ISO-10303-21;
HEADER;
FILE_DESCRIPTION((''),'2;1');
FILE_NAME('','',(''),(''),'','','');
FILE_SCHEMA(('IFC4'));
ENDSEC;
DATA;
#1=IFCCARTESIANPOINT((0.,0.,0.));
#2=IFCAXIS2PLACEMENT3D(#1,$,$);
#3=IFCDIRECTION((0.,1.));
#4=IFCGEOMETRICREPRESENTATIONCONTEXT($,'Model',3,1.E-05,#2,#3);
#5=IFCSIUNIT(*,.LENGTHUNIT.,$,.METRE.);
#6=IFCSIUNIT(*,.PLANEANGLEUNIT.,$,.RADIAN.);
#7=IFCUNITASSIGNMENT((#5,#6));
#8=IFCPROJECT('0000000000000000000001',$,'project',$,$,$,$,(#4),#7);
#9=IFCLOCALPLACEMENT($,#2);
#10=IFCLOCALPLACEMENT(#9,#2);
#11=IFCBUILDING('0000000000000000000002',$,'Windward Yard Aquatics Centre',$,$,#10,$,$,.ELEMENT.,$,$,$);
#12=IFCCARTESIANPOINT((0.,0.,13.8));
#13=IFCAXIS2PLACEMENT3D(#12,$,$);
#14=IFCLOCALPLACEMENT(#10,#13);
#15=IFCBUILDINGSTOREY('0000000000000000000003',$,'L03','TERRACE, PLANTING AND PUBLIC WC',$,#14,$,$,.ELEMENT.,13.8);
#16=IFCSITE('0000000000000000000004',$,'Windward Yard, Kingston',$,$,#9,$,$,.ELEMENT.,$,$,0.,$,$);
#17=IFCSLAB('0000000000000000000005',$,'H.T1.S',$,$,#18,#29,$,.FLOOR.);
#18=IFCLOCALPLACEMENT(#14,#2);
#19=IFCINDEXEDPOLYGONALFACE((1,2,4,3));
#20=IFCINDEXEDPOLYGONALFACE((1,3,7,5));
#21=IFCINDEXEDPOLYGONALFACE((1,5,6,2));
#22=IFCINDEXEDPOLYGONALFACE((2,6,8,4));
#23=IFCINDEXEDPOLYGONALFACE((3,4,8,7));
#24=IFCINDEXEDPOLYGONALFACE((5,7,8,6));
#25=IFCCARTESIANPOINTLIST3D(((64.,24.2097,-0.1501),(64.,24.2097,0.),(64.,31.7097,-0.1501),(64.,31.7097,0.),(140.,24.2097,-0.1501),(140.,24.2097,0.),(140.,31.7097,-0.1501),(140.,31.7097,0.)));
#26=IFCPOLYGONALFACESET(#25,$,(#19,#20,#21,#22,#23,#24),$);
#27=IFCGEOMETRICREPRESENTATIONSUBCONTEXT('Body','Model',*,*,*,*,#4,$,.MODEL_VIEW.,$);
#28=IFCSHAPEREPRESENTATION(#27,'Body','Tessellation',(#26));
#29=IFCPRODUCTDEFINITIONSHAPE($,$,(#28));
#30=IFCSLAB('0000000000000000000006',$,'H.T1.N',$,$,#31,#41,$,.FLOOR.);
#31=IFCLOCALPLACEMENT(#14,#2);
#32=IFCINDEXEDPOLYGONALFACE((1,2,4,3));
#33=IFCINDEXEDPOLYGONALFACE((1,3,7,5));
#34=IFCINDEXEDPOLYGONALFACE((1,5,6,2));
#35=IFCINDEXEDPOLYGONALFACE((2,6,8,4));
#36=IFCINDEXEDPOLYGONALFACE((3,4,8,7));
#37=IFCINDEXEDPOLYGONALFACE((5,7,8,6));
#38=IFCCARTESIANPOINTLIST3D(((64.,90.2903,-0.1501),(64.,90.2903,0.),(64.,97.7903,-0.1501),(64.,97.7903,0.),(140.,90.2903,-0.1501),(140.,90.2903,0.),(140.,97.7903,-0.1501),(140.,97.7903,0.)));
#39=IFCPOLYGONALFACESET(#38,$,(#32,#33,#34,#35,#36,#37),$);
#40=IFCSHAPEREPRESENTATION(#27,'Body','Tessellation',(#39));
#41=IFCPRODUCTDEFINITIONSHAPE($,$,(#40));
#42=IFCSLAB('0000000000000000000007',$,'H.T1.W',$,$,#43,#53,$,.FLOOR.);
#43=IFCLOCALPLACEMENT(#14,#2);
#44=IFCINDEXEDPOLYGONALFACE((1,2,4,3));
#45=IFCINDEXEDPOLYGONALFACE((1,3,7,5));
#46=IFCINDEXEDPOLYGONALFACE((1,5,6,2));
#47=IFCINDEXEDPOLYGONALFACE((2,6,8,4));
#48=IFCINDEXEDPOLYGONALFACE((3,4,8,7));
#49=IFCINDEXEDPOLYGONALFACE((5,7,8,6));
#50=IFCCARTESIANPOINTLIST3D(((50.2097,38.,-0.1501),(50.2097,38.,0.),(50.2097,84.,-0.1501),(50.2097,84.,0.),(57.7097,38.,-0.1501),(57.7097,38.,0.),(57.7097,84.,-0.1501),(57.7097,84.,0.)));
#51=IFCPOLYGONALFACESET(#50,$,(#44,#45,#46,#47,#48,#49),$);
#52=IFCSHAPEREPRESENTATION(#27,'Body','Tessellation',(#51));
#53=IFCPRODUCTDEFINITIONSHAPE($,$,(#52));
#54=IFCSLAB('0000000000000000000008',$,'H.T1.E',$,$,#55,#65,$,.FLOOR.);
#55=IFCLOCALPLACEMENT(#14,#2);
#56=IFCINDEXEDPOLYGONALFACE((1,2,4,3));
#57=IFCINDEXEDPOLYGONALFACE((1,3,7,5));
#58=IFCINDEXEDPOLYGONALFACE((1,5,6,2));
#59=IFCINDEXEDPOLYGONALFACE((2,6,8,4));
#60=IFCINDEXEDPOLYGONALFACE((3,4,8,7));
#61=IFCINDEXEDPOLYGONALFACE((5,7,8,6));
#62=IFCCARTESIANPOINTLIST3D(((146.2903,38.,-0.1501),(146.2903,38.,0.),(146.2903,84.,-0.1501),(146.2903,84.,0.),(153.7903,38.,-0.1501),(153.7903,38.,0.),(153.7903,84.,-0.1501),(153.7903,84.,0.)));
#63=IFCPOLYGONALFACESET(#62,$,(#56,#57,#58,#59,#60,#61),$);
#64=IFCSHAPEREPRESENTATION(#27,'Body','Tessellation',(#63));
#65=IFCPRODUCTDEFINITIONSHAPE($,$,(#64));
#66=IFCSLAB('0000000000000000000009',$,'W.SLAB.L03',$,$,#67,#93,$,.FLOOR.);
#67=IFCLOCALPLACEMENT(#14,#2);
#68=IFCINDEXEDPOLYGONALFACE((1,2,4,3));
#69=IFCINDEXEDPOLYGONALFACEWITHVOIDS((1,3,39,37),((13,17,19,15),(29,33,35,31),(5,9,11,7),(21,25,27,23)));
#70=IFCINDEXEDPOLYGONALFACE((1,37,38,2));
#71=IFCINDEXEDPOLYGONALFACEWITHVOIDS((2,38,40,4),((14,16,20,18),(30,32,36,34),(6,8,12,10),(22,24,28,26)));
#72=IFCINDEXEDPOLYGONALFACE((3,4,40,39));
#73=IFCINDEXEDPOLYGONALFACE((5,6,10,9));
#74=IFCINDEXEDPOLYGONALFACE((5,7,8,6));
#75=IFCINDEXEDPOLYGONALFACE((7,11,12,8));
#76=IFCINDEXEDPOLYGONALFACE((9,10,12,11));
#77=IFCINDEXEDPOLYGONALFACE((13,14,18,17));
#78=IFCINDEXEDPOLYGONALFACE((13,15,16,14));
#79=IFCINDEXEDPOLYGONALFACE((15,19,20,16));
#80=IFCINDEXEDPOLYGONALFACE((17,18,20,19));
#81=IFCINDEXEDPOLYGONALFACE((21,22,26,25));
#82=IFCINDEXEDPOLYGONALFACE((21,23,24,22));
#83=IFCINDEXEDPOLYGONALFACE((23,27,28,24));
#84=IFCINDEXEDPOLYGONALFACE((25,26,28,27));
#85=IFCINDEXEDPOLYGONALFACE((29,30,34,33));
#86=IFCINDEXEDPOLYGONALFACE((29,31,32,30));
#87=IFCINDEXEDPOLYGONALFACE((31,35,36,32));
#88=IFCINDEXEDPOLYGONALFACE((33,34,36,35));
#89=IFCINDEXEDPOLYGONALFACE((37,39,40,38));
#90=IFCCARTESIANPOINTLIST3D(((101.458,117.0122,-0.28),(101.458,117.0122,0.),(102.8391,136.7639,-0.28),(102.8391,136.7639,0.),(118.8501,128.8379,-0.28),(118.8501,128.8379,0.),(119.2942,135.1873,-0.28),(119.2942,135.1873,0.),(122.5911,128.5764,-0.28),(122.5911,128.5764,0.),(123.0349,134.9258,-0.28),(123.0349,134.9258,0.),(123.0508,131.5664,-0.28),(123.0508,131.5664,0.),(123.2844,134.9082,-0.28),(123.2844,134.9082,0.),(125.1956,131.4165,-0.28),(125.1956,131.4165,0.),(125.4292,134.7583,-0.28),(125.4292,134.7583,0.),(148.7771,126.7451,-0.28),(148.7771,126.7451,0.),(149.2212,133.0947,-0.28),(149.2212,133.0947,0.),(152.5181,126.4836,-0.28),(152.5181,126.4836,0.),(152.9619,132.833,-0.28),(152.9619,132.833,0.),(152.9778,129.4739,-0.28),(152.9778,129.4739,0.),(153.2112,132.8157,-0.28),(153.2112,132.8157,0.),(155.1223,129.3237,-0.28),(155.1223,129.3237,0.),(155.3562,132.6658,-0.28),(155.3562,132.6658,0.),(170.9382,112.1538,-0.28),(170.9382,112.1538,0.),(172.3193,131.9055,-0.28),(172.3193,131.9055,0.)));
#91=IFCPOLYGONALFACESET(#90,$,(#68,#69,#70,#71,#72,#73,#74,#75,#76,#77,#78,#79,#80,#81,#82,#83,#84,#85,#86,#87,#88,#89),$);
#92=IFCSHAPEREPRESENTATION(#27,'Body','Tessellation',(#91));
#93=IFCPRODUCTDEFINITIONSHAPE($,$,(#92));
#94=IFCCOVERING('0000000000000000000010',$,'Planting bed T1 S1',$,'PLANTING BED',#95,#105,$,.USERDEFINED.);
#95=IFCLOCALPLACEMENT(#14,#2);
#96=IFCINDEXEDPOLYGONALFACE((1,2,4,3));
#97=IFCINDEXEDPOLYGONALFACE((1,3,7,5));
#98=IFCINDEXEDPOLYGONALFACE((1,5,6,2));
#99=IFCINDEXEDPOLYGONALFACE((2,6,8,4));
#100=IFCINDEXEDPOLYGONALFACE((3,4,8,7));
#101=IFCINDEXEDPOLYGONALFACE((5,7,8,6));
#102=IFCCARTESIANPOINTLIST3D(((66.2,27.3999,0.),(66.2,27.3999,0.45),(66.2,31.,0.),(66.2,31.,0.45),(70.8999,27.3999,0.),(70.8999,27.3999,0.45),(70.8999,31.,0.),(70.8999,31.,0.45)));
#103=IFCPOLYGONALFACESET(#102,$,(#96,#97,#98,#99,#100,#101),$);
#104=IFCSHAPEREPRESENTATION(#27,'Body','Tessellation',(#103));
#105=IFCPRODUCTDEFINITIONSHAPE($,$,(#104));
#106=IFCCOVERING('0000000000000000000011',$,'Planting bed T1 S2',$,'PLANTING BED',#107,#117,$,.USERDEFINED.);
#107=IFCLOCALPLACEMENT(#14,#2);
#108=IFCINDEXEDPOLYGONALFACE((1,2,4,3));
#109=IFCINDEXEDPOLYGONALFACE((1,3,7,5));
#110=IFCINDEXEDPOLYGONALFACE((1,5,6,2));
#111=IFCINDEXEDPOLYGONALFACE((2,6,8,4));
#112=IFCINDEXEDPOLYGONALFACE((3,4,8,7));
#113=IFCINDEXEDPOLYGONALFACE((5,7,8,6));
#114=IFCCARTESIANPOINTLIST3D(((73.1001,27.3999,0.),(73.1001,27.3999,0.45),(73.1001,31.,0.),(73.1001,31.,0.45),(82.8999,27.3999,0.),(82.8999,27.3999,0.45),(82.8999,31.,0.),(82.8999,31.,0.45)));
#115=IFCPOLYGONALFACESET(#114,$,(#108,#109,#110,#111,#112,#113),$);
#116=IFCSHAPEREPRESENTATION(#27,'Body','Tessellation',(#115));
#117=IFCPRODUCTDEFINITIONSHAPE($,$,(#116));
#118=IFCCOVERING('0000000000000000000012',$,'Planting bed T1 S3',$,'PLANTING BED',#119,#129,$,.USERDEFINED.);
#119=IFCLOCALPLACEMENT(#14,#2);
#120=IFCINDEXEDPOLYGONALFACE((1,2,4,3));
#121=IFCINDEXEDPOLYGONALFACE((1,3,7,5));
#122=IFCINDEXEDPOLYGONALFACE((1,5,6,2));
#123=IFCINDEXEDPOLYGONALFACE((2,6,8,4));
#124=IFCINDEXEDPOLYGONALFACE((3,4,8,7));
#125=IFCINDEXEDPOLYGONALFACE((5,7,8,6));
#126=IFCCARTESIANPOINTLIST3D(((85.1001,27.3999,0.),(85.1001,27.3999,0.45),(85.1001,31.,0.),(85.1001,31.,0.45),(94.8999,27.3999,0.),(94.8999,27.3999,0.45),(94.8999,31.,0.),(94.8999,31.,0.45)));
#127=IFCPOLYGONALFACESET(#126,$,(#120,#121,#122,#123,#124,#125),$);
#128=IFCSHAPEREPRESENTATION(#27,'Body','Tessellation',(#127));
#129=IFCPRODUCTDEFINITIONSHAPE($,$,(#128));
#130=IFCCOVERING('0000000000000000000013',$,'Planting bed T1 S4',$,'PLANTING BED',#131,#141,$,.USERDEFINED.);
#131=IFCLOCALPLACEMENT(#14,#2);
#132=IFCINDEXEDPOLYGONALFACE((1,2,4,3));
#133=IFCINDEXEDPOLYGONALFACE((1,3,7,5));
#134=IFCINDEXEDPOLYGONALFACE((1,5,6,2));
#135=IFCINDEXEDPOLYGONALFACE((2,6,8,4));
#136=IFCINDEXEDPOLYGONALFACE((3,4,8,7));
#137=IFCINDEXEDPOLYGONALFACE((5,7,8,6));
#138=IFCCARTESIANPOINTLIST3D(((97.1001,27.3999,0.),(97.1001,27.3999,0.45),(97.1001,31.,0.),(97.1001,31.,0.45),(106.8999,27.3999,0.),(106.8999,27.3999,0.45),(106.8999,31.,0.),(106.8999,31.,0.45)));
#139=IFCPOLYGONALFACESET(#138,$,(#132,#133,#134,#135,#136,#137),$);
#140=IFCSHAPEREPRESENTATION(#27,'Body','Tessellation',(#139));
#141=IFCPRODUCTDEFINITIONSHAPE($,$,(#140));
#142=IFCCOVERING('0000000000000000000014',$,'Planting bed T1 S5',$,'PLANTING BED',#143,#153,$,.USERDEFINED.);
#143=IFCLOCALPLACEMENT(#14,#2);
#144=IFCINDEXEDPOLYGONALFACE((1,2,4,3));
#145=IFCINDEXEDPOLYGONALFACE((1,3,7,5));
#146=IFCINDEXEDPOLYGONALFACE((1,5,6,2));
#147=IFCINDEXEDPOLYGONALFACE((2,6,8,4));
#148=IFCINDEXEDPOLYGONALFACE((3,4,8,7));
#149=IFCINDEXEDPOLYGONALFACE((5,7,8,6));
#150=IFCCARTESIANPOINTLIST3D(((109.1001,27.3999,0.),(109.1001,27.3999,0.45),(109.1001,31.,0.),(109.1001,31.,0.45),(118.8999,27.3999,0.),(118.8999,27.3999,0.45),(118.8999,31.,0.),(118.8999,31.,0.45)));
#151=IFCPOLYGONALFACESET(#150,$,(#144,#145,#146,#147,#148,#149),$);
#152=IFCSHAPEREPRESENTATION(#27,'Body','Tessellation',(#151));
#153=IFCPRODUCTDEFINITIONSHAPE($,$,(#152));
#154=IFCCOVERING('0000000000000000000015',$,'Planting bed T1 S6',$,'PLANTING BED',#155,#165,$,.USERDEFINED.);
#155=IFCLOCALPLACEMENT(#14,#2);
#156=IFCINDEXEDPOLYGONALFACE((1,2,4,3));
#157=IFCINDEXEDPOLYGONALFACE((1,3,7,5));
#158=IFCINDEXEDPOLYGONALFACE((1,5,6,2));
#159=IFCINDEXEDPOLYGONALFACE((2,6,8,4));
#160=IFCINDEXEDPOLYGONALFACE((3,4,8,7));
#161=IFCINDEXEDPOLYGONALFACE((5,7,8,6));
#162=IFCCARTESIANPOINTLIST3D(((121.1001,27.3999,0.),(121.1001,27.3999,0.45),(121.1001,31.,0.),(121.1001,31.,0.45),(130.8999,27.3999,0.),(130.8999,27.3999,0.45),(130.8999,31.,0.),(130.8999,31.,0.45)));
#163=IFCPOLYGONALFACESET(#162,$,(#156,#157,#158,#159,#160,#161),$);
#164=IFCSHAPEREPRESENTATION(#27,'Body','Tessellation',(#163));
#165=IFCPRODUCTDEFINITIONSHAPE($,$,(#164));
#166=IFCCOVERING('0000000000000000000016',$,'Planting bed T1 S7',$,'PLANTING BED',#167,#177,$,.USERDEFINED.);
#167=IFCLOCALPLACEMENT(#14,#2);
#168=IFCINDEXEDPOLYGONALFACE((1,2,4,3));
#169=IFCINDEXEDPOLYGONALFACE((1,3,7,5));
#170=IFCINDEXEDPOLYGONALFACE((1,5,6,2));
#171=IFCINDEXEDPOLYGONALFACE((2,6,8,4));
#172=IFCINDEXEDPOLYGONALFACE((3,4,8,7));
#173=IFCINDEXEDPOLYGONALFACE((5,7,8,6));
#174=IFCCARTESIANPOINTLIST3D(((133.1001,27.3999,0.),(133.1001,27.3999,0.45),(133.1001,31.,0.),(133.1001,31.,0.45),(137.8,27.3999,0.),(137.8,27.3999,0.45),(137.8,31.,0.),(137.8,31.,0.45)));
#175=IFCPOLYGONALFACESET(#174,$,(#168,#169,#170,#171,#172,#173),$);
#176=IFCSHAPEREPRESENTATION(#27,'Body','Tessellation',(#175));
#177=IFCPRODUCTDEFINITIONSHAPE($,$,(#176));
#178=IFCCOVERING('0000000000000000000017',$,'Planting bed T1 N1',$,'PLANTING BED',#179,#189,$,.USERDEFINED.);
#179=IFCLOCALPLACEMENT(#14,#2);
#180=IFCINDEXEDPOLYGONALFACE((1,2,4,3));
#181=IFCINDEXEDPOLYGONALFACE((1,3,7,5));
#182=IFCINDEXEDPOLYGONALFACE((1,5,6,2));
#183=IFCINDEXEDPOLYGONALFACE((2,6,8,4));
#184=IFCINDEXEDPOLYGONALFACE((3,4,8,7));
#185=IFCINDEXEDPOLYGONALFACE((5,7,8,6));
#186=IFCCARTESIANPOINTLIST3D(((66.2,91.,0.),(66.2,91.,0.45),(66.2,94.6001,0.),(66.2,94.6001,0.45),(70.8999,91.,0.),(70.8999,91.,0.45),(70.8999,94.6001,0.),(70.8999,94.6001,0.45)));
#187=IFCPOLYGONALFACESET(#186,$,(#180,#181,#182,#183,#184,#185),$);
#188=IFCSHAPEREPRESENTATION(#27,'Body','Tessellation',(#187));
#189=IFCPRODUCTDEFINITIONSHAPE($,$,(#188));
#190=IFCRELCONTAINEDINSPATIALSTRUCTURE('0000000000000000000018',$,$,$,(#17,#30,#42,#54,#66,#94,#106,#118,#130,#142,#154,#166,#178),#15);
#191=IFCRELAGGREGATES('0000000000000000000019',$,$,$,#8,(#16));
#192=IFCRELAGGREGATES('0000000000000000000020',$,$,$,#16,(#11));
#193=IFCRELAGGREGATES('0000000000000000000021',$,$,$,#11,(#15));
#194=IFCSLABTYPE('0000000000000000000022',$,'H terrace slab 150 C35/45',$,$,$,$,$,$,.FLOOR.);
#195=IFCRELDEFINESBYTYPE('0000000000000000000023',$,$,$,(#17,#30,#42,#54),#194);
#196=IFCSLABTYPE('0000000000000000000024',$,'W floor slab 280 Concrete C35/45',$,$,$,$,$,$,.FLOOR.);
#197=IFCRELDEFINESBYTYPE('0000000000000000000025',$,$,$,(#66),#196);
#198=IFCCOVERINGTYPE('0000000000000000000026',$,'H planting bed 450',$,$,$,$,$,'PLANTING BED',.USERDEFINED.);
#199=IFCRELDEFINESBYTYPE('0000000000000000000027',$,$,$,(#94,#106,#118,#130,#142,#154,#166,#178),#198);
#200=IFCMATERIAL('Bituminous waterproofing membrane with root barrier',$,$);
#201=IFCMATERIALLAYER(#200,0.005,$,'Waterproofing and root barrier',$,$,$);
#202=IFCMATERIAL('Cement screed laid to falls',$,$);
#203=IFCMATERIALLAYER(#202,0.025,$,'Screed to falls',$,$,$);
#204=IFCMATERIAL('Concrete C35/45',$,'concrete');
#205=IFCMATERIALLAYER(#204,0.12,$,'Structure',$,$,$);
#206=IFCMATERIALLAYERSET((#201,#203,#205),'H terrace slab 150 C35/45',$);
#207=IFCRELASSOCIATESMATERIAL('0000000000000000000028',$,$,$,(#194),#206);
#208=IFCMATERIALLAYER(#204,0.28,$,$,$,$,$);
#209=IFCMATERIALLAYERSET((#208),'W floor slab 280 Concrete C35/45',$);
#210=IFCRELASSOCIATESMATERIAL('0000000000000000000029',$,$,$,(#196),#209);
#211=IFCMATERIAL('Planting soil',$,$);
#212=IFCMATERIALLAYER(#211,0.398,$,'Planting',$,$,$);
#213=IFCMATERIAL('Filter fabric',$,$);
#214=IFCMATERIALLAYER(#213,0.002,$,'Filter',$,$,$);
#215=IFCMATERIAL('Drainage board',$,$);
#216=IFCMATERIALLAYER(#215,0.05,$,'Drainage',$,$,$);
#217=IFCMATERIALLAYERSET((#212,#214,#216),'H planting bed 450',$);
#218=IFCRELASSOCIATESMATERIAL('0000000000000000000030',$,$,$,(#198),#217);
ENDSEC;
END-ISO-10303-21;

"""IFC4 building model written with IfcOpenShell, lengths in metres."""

from ifc_helpers import new_model, si_unit, direction, frame, origin, place, context, subcontext, project, spatial, polyline, outline, extrude, material, layer, layer_set, type_object, element, save


model = new_model("IFC4")

# Units and contexts
model_context = context("Model", 3, precision=1e-05, world=origin(), true_north=direction((0.0, 1.0)))
body_context = subcontext(model_context, "Body", "Model", "MODEL_VIEW")
ifc_project = project(units=[si_unit("LENGTHUNIT", "METRE"), si_unit("PLANEANGLEUNIT", "RADIAN")], contexts=[model_context])

# Site, building, storey
site_placement = place(None, origin())
site = spatial("IfcSite", under=ifc_project, at=site_placement, Name="Windward Yard, Kingston", CompositionType="ELEMENT", RefElevation=0.0)
building_placement = place(site_placement, origin())
building = spatial("IfcBuilding", under=site, at=building_placement, Name="Windward Yard Aquatics Centre", CompositionType="ELEMENT")
storey_placement = place(building_placement, frame((0.0, 0.0, 13.8)))
storey = spatial("IfcBuildingStorey", under=building, at=storey_placement, Name="L03", Description="TERRACE, PLANTING AND PUBLIC WC", CompositionType="ELEMENT", Elevation=13.8)

# Slabs
ifc_material_1 = material(Name="Bituminous waterproofing membrane with root barrier")
ifc_layer_1 = layer(ifc_material_1, 0.005, Name="Waterproofing and root barrier")
ifc_material_2 = material(Name="Cement screed laid to falls")
ifc_layer_2 = layer(ifc_material_2, 0.025, Name="Screed to falls")
ifc_material_3 = material(Name="Concrete C35/45", Category="concrete")
ifc_layer_3 = layer(ifc_material_3, 0.12, Name="Structure")
ifc_layer_set_1 = layer_set([ifc_layer_1, ifc_layer_2, ifc_layer_3], Name="H terrace slab 150 C35/45")
slab_type_1 = type_object("IfcSlabType", Name="H terrace slab 150 C35/45", PredefinedType="FLOOR", material=ifc_layer_set_1)
slab_1_placement = place(storey_placement, frame((0.0, 0.0, -0.1501)))
element("IfcSlab", 1, at=slab_1_placement, inside=storey, type_object=slab_type_1, Name="H.T1.S", PredefinedType="FLOOR", context=body_context, shape_type="SweptSolid", body=[
    extrude(outline(polyline([(64.0, 24.2097), (140.0, 24.2097), (140.0, 31.7097), (64.0, 31.7097), (64.0, 24.2097)])), origin(), (0.0, 0.0, 1.0), 0.1501),
])
slab_2_placement = place(storey_placement, frame((0.0, 0.0, -0.1501)))
element("IfcSlab", 2, at=slab_2_placement, inside=storey, type_object=slab_type_1, Name="H.T1.N", PredefinedType="FLOOR", context=body_context, shape_type="SweptSolid", body=[
    extrude(outline(polyline([(64.0, 90.2903), (140.0, 90.2903), (140.0, 97.7903), (64.0, 97.7903), (64.0, 90.2903)])), origin(), (0.0, 0.0, 1.0), 0.1501),
])
slab_3_placement = place(storey_placement, frame((0.0, 0.0, -0.1501)))
element("IfcSlab", 3, at=slab_3_placement, inside=storey, type_object=slab_type_1, Name="H.T1.W", PredefinedType="FLOOR", context=body_context, shape_type="SweptSolid", body=[
    extrude(outline(polyline([(50.2097, 38.0), (57.7097, 38.0), (57.7097, 84.0), (50.2097, 84.0), (50.2097, 38.0)])), origin(), (0.0, 0.0, 1.0), 0.1501),
])
slab_4_placement = place(storey_placement, frame((0.0, 0.0, -0.1501)))
element("IfcSlab", 4, at=slab_4_placement, inside=storey, type_object=slab_type_1, Name="H.T1.E", PredefinedType="FLOOR", context=body_context, shape_type="SweptSolid", body=[
    extrude(outline(polyline([(146.2903, 38.0), (153.7903, 38.0), (153.7903, 84.0), (146.2903, 84.0), (146.2903, 38.0)])), origin(), (0.0, 0.0, 1.0), 0.1501),
])
ifc_layer_4 = layer(ifc_material_3, 0.28)
ifc_layer_set_2 = layer_set([ifc_layer_4], Name="W floor slab 280 Concrete C35/45")
slab_type_2 = type_object("IfcSlabType", Name="W floor slab 280 Concrete C35/45", PredefinedType="FLOOR", material=ifc_layer_set_2)
slab_5_placement = place(storey_placement, frame((0.0, 0.0, -0.28)))
element("IfcSlab", 5, at=slab_5_placement, inside=storey, type_object=slab_type_2, Name="W.SLAB.L03", PredefinedType="FLOOR", context=body_context, shape_type="SweptSolid", body=[
    extrude(outline(polyline([(101.458, 117.0122), (170.9382, 112.1538), (172.3193, 131.9055), (102.8391, 136.7639), (101.458, 117.0122)]), holes=[polyline([(118.8501, 128.8379), (122.5911, 128.5764), (123.0349, 134.9258), (119.2942, 135.1873), (118.8501, 128.8379)]), polyline([(123.0508, 131.5664), (125.1956, 131.4165), (125.4292, 134.7583), (123.2844, 134.9082), (123.0508, 131.5664)]), polyline([(148.7771, 126.7451), (152.5181, 126.4836), (152.9619, 132.833), (149.2212, 133.0947), (148.7771, 126.7451)]), polyline([(152.9778, 129.4739), (155.1223, 129.3237), (155.3562, 132.6658), (153.2112, 132.8157), (152.9778, 129.4739)])]), origin(), (0.0, 0.0, 1.0), 0.28),
])

# Coverings
ifc_material_4 = material(Name="Planting soil")
ifc_layer_5 = layer(ifc_material_4, 0.398, Name="Planting")
ifc_material_5 = material(Name="Filter fabric")
ifc_layer_6 = layer(ifc_material_5, 0.002, Name="Filter")
ifc_material_6 = material(Name="Drainage board")
ifc_layer_7 = layer(ifc_material_6, 0.05, Name="Drainage")
ifc_layer_set_3 = layer_set([ifc_layer_5, ifc_layer_6, ifc_layer_7], Name="H planting bed 450")
covering_type_1 = type_object("IfcCoveringType", Name="H planting bed 450", ElementType="PLANTING BED", PredefinedType="USERDEFINED", material=ifc_layer_set_3)
covering_1_placement = place(storey_placement, origin())
element("IfcCovering", 6, at=covering_1_placement, inside=storey, type_object=covering_type_1, Name="Planting bed T1 S1", ObjectType="PLANTING BED", PredefinedType="USERDEFINED", context=body_context, shape_type="SweptSolid", body=[
    extrude(outline(polyline([(66.2, 27.3999), (70.8999, 27.3999), (70.8999, 31.0), (66.2, 31.0), (66.2, 27.3999)])), origin(), (0.0, 0.0, 1.0), 0.45),
])
covering_2_placement = place(storey_placement, origin())
element("IfcCovering", 7, at=covering_2_placement, inside=storey, type_object=covering_type_1, Name="Planting bed T1 S2", ObjectType="PLANTING BED", PredefinedType="USERDEFINED", context=body_context, shape_type="SweptSolid", body=[
    extrude(outline(polyline([(73.1001, 27.3999), (82.8999, 27.3999), (82.8999, 31.0), (73.1001, 31.0), (73.1001, 27.3999)])), origin(), (0.0, 0.0, 1.0), 0.45),
])
covering_3_placement = place(storey_placement, origin())
element("IfcCovering", 8, at=covering_3_placement, inside=storey, type_object=covering_type_1, Name="Planting bed T1 S3", ObjectType="PLANTING BED", PredefinedType="USERDEFINED", context=body_context, shape_type="SweptSolid", body=[
    extrude(outline(polyline([(85.1001, 27.3999), (94.8999, 27.3999), (94.8999, 31.0), (85.1001, 31.0), (85.1001, 27.3999)])), origin(), (0.0, 0.0, 1.0), 0.45),
])
covering_4_placement = place(storey_placement, origin())
element("IfcCovering", 9, at=covering_4_placement, inside=storey, type_object=covering_type_1, Name="Planting bed T1 S4", ObjectType="PLANTING BED", PredefinedType="USERDEFINED", context=body_context, shape_type="SweptSolid", body=[
    extrude(outline(polyline([(97.1001, 27.3999), (106.8999, 27.3999), (106.8999, 31.0), (97.1001, 31.0), (97.1001, 27.3999)])), origin(), (0.0, 0.0, 1.0), 0.45),
])
covering_5_placement = place(storey_placement, origin())
element("IfcCovering", 10, at=covering_5_placement, inside=storey, type_object=covering_type_1, Name="Planting bed T1 S5", ObjectType="PLANTING BED", PredefinedType="USERDEFINED", context=body_context, shape_type="SweptSolid", body=[
    extrude(outline(polyline([(109.1001, 27.3999), (118.8999, 27.3999), (118.8999, 31.0), (109.1001, 31.0), (109.1001, 27.3999)])), origin(), (0.0, 0.0, 1.0), 0.45),
])
covering_6_placement = place(storey_placement, origin())
element("IfcCovering", 11, at=covering_6_placement, inside=storey, type_object=covering_type_1, Name="Planting bed T1 S6", ObjectType="PLANTING BED", PredefinedType="USERDEFINED", context=body_context, shape_type="SweptSolid", body=[
    extrude(outline(polyline([(121.1001, 27.3999), (130.8999, 27.3999), (130.8999, 31.0), (121.1001, 31.0), (121.1001, 27.3999)])), origin(), (0.0, 0.0, 1.0), 0.45),
])
covering_7_placement = place(storey_placement, origin())
element("IfcCovering", 12, at=covering_7_placement, inside=storey, type_object=covering_type_1, Name="Planting bed T1 S7", ObjectType="PLANTING BED", PredefinedType="USERDEFINED", context=body_context, shape_type="SweptSolid", body=[
    extrude(outline(polyline([(133.1001, 27.3999), (137.8, 27.3999), (137.8, 31.0), (133.1001, 31.0), (133.1001, 27.3999)])), origin(), (0.0, 0.0, 1.0), 0.45),
])
covering_8_placement = place(storey_placement, origin())
element("IfcCovering", 13, at=covering_8_placement, inside=storey, type_object=covering_type_1, Name="Planting bed T1 N1", ObjectType="PLANTING BED", PredefinedType="USERDEFINED", context=body_context, shape_type="SweptSolid", body=[
    extrude(outline(polyline([(66.2, 91.0), (70.8999, 91.0), (70.8999, 94.6001), (66.2, 94.6001), (66.2, 91.0)])), origin(), (0.0, 0.0, 1.0), 0.45),
])

save(model, "model.ifc")
